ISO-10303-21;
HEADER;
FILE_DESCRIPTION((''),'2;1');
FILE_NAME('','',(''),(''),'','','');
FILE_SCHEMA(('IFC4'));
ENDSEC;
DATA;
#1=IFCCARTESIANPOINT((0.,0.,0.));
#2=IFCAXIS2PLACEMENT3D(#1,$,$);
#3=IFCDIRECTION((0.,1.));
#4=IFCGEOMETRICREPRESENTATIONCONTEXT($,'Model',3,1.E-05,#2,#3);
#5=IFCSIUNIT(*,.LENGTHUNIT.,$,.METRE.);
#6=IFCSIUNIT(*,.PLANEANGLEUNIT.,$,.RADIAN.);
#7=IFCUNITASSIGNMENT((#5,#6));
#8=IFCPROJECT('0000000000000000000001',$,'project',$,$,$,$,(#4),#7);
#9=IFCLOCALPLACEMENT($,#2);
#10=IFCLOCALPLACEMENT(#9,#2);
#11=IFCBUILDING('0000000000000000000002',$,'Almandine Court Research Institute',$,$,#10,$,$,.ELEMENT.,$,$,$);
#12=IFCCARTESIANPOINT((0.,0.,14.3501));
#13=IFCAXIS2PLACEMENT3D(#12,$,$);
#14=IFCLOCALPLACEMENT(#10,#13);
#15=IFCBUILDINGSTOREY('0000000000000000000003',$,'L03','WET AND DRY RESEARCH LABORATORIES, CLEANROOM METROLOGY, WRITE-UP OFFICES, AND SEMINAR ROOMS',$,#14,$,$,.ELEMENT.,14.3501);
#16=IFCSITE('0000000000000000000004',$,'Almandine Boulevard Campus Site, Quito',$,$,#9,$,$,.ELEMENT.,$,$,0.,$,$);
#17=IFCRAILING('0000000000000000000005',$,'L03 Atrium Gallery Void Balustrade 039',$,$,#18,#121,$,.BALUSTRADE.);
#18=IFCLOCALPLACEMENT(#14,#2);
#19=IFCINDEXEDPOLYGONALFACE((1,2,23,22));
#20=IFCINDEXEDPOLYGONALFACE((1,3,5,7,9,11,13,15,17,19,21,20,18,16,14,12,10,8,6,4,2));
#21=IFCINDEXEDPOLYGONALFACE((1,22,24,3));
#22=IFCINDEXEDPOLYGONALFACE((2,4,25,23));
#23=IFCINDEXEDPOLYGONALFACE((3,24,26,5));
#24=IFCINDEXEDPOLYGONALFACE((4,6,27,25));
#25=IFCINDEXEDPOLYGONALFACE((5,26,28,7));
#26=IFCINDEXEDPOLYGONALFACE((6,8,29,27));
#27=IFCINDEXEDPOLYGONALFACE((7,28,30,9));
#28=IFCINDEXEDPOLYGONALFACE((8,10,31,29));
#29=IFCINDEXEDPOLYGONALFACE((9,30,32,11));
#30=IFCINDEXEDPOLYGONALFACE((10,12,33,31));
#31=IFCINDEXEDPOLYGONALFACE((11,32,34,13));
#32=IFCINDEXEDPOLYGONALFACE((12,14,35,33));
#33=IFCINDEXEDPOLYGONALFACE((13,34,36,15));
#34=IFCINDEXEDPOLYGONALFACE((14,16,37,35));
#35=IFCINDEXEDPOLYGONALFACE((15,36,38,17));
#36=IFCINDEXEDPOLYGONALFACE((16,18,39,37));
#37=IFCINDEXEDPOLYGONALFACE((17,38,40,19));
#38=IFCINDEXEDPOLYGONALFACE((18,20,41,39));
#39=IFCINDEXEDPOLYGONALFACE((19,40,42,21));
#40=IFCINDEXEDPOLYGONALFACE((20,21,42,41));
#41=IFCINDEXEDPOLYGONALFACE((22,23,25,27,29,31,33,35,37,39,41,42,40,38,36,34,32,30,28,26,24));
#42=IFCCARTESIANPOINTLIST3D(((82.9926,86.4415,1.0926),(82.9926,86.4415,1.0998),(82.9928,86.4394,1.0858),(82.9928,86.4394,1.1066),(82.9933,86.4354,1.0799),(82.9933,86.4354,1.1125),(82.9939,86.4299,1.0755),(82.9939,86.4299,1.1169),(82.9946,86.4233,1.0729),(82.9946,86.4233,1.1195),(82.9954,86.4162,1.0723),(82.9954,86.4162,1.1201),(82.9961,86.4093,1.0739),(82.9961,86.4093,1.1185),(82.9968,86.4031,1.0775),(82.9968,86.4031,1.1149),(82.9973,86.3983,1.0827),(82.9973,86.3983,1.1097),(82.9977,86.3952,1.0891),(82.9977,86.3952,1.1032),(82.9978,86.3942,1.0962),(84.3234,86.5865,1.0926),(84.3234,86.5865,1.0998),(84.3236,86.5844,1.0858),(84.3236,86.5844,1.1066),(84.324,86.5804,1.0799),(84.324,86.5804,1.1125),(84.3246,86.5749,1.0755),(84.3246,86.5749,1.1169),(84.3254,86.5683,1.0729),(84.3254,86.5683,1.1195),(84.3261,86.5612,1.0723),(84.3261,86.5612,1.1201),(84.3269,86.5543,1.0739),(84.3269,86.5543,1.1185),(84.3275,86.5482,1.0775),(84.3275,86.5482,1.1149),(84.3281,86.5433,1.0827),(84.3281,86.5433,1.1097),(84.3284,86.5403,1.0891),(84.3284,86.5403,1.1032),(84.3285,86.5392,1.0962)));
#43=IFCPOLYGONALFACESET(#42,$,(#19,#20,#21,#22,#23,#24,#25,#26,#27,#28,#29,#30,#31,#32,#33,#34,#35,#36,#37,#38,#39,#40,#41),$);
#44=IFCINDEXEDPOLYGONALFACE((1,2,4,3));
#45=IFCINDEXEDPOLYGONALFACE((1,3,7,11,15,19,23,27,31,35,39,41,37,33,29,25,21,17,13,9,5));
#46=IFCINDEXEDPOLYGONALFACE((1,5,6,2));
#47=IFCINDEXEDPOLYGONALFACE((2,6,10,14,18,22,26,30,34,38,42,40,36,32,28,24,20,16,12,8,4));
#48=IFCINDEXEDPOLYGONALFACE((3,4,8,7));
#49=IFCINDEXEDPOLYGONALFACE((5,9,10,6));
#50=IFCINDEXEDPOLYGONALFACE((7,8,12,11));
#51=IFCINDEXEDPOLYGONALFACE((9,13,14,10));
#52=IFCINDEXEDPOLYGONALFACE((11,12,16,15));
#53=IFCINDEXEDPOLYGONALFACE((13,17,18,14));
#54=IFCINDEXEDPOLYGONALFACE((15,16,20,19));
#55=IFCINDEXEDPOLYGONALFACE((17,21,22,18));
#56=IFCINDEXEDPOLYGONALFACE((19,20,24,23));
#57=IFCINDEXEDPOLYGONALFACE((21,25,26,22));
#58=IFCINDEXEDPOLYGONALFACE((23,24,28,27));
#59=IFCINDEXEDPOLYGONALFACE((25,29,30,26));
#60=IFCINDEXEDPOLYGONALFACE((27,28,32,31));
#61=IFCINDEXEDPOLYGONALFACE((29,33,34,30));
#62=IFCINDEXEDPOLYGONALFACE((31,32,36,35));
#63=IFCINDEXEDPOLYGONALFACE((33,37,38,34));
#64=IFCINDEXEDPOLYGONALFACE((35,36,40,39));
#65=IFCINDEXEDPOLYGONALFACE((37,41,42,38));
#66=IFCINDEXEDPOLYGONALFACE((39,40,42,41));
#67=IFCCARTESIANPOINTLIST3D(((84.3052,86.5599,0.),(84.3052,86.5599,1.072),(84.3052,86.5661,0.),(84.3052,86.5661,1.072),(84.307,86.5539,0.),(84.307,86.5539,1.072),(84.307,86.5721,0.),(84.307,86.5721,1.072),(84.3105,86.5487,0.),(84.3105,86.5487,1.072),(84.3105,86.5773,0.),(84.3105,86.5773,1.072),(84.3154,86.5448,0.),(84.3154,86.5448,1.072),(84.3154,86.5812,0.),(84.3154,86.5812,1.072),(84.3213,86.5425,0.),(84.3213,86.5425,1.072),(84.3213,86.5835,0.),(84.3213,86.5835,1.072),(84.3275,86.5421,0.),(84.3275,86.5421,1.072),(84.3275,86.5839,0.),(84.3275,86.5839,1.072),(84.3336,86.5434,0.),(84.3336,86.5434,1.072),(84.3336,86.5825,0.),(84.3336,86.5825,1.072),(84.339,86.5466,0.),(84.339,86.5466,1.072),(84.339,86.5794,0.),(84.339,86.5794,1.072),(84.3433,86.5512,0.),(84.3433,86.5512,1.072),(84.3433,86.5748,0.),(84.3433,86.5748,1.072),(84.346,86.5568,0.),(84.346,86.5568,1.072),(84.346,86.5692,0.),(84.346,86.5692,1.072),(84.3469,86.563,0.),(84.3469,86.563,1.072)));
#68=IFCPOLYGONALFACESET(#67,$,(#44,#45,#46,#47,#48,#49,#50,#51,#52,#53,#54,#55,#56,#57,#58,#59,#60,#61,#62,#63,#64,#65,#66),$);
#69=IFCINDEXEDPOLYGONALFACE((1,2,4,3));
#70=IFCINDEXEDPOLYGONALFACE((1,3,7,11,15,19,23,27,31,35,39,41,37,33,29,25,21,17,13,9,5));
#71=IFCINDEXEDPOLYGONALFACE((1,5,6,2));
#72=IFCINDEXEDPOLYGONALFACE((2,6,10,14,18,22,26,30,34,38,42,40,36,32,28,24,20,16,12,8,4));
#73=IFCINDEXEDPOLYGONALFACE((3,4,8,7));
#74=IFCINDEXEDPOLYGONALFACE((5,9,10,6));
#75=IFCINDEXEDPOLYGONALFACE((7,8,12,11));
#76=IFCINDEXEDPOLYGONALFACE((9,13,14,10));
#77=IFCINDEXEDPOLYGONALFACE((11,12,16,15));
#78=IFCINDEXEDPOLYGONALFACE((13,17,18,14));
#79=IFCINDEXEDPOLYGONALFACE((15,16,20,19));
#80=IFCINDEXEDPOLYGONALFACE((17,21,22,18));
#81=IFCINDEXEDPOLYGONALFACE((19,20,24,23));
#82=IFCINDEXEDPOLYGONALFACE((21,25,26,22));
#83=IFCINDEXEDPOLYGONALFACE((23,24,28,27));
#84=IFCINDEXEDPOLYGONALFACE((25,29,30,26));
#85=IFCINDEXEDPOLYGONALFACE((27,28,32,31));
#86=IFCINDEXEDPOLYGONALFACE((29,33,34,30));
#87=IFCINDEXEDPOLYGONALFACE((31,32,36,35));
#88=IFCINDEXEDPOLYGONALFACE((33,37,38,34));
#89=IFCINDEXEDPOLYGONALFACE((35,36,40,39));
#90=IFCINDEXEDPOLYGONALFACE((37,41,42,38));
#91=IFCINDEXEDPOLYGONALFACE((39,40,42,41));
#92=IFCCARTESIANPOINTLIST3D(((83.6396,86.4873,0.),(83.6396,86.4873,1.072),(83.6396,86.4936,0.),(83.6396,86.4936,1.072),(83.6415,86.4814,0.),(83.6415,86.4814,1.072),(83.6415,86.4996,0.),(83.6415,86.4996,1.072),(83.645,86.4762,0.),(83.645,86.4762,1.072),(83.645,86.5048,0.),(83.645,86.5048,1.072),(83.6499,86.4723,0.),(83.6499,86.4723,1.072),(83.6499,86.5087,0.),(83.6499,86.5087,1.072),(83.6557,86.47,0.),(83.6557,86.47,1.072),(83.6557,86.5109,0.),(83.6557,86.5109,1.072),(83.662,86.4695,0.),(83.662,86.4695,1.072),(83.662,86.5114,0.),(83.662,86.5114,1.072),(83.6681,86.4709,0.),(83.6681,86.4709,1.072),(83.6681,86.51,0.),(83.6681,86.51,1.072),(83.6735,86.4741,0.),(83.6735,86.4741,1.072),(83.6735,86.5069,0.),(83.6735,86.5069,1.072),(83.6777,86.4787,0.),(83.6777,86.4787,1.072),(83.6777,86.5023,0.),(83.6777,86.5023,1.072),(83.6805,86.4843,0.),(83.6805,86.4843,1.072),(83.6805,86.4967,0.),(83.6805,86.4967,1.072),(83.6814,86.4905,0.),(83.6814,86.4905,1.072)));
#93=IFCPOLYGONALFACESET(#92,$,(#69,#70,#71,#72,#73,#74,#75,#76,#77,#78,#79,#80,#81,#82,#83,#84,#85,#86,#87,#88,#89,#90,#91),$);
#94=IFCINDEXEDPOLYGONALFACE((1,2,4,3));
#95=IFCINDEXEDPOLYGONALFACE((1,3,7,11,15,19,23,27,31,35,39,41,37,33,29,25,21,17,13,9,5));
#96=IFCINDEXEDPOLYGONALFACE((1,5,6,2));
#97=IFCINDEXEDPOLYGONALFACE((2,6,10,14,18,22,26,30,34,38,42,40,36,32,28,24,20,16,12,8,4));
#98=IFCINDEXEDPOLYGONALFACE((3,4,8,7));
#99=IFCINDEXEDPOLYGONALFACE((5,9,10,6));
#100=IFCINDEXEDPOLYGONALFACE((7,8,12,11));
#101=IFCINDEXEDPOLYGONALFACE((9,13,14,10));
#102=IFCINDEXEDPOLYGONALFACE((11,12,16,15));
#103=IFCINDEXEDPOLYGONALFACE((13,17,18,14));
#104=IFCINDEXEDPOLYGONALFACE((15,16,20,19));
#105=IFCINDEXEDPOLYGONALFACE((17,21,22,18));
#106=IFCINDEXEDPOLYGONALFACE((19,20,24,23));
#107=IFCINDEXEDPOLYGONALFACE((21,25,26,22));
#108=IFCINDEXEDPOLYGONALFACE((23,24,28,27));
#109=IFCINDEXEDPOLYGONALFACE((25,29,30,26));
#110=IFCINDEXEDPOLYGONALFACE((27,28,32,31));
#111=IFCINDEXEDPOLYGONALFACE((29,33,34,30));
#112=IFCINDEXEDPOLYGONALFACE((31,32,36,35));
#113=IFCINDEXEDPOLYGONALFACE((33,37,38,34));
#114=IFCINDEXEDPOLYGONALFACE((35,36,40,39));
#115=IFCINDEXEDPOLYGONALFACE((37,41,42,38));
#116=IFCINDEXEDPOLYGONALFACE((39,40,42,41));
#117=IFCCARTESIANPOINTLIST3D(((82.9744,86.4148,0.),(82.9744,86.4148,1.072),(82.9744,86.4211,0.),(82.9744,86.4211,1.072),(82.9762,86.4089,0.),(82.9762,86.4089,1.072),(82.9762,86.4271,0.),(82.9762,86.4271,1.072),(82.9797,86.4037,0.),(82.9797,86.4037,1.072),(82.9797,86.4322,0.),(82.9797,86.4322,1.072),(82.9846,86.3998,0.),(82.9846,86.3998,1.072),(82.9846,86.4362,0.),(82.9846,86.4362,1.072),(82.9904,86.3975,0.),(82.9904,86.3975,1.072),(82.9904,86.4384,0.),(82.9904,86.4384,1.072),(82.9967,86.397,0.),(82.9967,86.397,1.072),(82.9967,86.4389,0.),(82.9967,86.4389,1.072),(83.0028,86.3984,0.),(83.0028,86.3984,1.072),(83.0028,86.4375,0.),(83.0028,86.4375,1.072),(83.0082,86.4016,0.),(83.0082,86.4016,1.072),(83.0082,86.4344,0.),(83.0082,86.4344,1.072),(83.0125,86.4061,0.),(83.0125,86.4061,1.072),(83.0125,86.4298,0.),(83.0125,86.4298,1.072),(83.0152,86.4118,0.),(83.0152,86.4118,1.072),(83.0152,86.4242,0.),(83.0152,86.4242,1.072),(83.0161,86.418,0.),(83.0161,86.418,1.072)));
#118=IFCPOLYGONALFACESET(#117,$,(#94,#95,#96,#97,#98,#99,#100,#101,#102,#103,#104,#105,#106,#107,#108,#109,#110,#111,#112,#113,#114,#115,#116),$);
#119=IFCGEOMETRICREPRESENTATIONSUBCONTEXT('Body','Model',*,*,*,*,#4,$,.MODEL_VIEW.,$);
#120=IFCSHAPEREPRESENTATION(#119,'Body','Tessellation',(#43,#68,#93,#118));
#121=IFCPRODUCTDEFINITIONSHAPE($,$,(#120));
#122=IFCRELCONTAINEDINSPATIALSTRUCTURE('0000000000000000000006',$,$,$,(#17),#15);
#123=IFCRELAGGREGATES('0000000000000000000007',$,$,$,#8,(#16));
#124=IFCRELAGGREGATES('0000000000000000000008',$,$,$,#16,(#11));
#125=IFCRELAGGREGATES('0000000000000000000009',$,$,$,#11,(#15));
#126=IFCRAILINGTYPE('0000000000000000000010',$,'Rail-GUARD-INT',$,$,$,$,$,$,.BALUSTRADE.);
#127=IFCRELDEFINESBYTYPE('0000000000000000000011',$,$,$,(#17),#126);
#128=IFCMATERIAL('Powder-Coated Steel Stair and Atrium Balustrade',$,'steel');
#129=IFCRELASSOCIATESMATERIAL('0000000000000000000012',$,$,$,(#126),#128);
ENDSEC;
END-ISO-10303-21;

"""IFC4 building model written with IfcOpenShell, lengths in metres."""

from ifc_helpers import new_model, si_unit, direction, frame, origin, origin_2d, place, context, subcontext, project, spatial, circle, extrude, material, type_object, element, save


model = new_model("IFC4")

# Units and contexts
model_context = context("Model", 3, precision=1e-05, world=origin(), true_north=direction((0.0, 1.0)))
body_context = subcontext(model_context, "Body", "Model", "MODEL_VIEW")
ifc_project = project(units=[si_unit("LENGTHUNIT", "METRE"), si_unit("PLANEANGLEUNIT", "RADIAN")], contexts=[model_context])

# Site, building, storey
site_placement = place(None, origin())
site = spatial("IfcSite", under=ifc_project, at=site_placement, Name="Almandine Boulevard Campus Site, Quito", CompositionType="ELEMENT", RefElevation=0.0)
building_placement = place(site_placement, origin())
building = spatial("IfcBuilding", under=site, at=building_placement, Name="Almandine Court Research Institute", CompositionType="ELEMENT")
storey_placement = place(building_placement, frame((0.0, 0.0, 14.3501)))
storey = spatial("IfcBuildingStorey", under=building, at=storey_placement, Name="L03", Description="WET AND DRY RESEARCH LABORATORIES, CLEANROOM METROLOGY, WRITE-UP OFFICES, AND SEMINAR ROOMS", CompositionType="ELEMENT", Elevation=14.3501)

# Railing
ifc_material_1 = material(Name="Powder-Coated Steel Stair and Atrium Balustrade", Category="steel")
railing_type = type_object("IfcRailingType", Name="Rail-GUARD-INT", PredefinedType="BALUSTRADE", material=ifc_material_1)
railing_1_placement = place(storey_placement, frame((84.3259, 86.563, 0.0)))
element("IfcRailing", 1, at=railing_1_placement, inside=storey, type_object=railing_type, Name="L03 Atrium Gallery Void Balustrade 039", PredefinedType="BALUSTRADE", context=body_context, shape_type="SweptSolid", body=[
    extrude(circle(Radius=0.0239, at=origin_2d()), frame((0.0, 0.0, 1.0962), z_axis=(-0.994115, -0.10833, 0.0), x_axis=(0.10833, -0.994115, 0.0)), (0.0, 0.0, 1.0), 1.3386),
    extrude(circle(Radius=0.021, at=origin_2d()), origin(), (0.0, 0.0, 1.0), 1.072),
    extrude(circle(Radius=0.021, at=origin_2d()), frame((-0.6655, -0.0725, 0.0)), (0.0, 0.0, 1.0), 1.072),
    extrude(circle(Radius=0.021, at=origin_2d()), frame((-1.3308, -0.145, 0.0)), (0.0, 0.0, 1.0), 1.072),
])

save(model, "model.ifc")
